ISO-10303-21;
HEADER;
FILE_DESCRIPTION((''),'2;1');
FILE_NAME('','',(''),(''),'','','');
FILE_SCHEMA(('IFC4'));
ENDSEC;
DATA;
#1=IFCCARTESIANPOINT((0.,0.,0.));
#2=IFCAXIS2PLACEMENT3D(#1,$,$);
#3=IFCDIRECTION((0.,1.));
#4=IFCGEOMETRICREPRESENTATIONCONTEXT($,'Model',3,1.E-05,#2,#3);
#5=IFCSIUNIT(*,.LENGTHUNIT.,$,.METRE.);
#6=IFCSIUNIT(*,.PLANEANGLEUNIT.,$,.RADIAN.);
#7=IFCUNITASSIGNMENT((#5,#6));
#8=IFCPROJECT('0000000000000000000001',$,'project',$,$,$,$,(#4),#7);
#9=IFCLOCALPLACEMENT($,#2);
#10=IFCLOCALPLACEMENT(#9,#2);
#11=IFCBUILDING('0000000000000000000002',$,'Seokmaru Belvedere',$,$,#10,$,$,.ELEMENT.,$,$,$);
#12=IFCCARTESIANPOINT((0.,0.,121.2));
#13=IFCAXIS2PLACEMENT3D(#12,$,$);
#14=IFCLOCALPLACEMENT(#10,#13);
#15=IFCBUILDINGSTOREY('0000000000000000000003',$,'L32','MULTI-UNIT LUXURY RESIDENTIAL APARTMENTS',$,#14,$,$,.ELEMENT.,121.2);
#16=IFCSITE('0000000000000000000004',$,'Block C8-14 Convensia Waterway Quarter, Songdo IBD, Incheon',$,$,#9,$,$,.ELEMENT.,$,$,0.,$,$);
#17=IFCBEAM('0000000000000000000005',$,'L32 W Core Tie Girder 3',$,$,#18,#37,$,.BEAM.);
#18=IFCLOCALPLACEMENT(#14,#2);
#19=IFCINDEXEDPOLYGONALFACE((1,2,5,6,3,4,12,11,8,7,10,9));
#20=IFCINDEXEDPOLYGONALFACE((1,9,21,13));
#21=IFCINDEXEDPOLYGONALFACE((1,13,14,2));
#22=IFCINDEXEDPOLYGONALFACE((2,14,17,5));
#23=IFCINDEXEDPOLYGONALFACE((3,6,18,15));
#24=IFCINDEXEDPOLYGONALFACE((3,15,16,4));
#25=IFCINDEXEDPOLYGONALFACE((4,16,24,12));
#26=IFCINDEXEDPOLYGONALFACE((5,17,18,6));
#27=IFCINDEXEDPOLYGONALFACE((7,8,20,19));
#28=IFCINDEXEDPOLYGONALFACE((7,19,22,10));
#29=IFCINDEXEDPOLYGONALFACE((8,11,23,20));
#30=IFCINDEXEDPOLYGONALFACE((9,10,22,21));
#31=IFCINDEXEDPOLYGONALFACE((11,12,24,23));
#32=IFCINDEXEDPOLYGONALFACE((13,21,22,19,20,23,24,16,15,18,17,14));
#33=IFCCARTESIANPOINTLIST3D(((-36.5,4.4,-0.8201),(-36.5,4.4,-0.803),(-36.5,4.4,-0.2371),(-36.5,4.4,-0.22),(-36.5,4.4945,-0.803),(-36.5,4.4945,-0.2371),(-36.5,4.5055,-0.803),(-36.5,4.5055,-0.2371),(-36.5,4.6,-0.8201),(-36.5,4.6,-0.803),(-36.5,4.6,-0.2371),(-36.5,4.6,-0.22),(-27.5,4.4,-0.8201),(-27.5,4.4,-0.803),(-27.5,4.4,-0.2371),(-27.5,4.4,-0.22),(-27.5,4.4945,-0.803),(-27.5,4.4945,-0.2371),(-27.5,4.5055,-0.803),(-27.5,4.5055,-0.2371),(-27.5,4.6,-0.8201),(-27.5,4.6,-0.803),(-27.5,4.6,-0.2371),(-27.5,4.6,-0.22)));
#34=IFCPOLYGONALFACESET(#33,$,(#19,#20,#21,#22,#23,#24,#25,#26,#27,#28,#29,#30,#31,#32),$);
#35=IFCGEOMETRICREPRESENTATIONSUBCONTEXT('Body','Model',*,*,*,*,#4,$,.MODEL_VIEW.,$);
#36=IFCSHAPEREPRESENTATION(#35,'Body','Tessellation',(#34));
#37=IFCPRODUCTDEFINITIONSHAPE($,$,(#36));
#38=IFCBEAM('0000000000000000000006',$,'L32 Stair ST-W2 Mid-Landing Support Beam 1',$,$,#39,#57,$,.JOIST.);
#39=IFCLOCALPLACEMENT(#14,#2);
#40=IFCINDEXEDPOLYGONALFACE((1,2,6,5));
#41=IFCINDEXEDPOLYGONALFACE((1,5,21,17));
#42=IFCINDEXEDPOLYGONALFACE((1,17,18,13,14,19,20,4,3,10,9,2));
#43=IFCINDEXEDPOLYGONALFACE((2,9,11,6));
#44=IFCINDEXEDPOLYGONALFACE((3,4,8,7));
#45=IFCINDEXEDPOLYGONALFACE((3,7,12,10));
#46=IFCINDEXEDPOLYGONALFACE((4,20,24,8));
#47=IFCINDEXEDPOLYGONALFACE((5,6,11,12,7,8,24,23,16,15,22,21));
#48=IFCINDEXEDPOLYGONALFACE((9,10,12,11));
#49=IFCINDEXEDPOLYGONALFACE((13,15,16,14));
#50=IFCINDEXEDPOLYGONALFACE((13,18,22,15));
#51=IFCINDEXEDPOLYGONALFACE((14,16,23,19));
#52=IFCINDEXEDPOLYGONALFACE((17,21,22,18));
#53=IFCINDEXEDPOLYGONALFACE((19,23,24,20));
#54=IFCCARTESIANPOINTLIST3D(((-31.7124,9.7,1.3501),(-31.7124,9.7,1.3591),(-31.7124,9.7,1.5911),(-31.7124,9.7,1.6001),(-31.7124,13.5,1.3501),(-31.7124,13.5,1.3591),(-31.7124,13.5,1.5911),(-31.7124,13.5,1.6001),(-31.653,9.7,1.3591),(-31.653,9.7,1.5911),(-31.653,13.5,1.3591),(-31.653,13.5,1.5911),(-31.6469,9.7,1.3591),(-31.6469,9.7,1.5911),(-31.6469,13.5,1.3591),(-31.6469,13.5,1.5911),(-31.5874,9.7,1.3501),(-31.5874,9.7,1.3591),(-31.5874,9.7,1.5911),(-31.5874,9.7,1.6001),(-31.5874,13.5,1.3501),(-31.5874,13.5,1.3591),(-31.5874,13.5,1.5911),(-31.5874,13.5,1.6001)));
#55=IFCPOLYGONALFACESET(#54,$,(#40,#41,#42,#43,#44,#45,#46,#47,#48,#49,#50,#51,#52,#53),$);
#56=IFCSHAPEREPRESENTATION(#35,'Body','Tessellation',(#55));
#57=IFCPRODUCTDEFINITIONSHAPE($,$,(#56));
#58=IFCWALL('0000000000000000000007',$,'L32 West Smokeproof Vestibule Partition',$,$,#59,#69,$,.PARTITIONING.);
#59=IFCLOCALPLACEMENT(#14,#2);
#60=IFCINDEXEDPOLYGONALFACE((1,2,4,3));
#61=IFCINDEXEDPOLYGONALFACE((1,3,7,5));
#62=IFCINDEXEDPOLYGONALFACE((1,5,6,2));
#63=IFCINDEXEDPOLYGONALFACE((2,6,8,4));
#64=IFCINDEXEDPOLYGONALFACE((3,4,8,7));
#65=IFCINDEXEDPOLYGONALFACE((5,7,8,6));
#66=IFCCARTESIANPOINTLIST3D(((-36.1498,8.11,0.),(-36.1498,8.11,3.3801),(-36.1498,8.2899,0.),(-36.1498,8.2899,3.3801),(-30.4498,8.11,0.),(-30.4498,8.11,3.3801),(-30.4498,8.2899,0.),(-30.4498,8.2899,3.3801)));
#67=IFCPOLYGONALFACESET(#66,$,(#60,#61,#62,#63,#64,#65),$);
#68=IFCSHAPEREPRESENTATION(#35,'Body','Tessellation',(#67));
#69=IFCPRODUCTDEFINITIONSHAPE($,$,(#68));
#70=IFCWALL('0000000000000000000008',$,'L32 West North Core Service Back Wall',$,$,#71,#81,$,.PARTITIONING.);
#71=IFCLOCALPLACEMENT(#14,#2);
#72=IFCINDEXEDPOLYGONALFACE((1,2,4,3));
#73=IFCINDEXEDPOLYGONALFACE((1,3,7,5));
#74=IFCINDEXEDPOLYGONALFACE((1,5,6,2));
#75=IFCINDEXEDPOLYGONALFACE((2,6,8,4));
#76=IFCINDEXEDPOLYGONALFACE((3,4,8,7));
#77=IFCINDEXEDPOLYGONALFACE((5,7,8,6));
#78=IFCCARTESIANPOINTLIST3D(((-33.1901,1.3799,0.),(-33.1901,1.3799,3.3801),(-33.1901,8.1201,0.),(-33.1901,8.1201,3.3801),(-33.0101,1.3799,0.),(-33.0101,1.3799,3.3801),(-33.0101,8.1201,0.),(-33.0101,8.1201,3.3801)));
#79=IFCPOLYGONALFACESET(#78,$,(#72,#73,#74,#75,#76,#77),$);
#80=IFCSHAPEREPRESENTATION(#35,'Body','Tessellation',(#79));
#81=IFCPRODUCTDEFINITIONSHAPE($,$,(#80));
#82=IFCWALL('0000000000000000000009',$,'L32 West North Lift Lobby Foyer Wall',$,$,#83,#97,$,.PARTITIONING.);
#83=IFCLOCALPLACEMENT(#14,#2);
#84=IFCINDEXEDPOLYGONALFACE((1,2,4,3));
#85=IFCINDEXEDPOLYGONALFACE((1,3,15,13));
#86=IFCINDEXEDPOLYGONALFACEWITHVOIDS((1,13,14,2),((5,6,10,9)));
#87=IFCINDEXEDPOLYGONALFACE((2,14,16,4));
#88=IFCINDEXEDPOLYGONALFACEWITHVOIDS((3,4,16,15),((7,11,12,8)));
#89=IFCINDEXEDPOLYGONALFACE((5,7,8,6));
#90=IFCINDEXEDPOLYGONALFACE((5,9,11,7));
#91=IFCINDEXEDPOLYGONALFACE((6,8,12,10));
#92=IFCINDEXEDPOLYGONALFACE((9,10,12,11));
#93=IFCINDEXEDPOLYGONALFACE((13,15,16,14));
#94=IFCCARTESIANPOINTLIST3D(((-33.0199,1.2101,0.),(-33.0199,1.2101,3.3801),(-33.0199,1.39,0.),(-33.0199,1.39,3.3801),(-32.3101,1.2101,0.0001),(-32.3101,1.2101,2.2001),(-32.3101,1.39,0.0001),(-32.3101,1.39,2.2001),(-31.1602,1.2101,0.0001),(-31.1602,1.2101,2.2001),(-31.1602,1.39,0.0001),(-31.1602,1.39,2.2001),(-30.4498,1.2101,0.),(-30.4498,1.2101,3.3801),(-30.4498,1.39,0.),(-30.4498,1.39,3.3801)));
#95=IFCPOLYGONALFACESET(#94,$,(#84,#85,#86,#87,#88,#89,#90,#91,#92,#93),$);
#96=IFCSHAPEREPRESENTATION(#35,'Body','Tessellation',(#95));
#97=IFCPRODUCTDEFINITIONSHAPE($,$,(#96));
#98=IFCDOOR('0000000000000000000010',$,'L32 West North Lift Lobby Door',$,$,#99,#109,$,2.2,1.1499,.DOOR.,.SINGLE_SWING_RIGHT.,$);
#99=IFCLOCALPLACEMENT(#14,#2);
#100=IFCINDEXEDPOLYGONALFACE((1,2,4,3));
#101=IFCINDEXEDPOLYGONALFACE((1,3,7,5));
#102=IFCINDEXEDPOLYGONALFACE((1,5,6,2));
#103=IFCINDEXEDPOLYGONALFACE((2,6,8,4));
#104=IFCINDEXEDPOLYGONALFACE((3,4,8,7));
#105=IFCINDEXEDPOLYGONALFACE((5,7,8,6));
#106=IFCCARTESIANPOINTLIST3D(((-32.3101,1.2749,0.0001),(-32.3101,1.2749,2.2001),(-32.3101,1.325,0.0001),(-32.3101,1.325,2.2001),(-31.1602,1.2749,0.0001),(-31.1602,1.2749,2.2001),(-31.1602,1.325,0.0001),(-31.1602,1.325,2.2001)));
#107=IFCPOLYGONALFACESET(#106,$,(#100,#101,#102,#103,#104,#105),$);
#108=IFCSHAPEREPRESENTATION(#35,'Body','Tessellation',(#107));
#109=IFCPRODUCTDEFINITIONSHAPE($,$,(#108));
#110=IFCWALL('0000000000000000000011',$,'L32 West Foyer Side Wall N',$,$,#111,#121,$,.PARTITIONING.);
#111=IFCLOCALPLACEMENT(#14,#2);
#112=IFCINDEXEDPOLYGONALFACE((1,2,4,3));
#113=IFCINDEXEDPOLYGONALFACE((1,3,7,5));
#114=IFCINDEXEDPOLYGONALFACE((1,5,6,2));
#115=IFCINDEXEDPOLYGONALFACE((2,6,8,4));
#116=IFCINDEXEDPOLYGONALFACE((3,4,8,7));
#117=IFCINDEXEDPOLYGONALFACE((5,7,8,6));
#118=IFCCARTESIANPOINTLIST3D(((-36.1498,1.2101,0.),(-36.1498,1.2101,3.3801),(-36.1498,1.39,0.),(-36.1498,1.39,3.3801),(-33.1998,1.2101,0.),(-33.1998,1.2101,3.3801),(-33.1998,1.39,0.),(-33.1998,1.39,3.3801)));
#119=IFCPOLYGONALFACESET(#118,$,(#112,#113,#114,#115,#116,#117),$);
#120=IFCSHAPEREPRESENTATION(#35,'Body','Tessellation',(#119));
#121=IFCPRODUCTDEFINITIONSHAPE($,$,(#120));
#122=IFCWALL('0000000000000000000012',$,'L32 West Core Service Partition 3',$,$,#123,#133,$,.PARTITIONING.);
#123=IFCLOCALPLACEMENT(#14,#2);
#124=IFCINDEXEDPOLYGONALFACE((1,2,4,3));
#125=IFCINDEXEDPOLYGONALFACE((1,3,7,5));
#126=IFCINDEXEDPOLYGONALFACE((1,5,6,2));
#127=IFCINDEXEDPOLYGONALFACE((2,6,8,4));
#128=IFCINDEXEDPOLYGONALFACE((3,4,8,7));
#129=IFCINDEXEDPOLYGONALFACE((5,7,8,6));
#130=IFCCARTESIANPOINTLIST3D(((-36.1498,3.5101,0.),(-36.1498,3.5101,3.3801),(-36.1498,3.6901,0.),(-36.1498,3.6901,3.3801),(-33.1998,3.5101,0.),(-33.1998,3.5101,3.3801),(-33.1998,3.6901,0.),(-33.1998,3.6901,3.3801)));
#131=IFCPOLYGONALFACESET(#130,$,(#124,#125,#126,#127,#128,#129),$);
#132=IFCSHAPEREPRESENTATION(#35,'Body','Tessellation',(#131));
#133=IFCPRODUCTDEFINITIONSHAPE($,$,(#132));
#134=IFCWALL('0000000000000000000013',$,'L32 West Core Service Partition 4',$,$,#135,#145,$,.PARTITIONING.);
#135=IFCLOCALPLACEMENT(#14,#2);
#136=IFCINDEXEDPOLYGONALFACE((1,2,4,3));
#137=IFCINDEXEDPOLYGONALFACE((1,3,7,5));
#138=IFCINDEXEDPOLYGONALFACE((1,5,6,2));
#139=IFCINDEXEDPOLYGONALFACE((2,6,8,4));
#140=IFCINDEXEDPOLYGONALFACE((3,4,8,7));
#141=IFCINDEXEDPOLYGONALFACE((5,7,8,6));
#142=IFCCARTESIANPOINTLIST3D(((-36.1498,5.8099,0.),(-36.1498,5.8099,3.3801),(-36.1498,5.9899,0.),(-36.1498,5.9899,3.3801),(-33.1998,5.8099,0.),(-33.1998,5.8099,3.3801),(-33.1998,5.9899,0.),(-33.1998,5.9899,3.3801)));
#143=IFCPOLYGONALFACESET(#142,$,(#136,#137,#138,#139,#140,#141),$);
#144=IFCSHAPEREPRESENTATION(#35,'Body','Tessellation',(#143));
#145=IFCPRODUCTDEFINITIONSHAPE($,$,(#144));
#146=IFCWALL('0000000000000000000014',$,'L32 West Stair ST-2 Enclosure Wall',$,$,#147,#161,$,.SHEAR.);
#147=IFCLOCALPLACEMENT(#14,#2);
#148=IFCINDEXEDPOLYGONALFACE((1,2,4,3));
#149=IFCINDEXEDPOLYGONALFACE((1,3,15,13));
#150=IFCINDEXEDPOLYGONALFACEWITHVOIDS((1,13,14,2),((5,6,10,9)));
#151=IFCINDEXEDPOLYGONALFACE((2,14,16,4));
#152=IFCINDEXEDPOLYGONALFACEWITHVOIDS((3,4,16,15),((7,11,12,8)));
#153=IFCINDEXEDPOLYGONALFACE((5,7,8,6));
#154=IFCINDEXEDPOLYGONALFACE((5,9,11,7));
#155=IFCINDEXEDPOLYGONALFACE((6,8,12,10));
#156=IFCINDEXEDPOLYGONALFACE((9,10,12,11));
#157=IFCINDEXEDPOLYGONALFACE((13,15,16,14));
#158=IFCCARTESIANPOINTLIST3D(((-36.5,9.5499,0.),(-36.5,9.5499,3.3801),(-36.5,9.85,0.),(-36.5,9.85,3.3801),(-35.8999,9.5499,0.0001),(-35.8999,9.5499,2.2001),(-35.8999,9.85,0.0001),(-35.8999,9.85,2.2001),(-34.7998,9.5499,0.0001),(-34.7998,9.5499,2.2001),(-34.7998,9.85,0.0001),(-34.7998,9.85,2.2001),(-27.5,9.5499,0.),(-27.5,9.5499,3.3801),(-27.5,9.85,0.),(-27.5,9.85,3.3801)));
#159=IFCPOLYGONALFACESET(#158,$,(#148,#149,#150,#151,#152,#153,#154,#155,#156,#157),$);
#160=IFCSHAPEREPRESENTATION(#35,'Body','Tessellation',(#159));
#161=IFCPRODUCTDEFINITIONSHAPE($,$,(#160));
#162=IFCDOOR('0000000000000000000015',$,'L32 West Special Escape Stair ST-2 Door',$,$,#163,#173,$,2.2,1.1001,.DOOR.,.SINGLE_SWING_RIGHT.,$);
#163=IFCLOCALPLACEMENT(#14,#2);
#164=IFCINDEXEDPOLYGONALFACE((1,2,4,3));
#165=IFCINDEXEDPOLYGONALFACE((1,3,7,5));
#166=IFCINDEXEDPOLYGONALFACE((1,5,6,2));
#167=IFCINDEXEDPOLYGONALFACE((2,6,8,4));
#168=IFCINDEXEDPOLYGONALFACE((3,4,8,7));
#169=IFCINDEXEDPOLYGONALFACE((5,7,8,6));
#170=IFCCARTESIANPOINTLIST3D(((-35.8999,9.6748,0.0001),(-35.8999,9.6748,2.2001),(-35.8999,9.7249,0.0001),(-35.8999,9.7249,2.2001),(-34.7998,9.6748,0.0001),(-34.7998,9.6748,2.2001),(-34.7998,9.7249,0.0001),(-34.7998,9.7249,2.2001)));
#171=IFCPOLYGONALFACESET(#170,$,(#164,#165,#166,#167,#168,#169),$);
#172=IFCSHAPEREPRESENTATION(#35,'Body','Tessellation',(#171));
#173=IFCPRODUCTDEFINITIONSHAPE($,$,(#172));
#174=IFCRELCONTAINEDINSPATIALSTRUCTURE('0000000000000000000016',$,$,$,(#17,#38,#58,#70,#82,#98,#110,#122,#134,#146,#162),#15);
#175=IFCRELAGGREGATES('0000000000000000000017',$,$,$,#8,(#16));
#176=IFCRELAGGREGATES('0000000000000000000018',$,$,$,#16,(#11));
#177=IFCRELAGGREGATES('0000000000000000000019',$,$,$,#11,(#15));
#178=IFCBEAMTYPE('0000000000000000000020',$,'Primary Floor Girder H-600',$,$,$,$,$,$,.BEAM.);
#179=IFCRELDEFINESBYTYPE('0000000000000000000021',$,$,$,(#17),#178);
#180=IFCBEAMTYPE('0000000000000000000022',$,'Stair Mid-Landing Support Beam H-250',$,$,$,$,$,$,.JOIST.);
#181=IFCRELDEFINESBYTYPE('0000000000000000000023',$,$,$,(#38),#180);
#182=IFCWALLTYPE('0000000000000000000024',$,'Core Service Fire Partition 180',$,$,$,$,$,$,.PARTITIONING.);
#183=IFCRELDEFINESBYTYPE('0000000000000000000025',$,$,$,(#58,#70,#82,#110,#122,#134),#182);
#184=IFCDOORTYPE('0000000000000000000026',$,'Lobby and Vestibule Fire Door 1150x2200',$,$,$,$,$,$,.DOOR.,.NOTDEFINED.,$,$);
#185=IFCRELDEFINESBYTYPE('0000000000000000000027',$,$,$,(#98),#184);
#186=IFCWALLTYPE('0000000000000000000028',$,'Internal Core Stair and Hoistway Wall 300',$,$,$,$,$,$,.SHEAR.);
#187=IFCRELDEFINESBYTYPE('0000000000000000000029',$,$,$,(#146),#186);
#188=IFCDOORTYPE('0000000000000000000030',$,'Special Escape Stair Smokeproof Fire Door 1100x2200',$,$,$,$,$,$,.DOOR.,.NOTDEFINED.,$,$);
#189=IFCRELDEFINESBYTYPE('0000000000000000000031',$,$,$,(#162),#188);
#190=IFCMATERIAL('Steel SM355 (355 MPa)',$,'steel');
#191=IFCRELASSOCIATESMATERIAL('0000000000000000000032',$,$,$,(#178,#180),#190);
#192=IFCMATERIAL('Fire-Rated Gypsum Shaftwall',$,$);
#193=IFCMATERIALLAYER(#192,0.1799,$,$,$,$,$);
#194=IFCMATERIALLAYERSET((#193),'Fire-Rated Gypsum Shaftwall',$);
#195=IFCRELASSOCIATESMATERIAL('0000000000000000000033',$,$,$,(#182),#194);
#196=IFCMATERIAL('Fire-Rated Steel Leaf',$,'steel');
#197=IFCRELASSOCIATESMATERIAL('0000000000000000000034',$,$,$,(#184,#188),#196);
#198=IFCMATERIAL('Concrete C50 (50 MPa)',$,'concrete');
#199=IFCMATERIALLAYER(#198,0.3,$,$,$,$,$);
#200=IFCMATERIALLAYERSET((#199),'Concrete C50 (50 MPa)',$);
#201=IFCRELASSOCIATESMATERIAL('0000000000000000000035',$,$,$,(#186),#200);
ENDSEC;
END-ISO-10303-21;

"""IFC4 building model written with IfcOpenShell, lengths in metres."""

from ifc_helpers import new_model, si_unit, direction, frame, frame_2d, origin, origin_2d, place, context, subcontext, project, spatial, rectangle, i_section, extrude, source, transform, mapped, material, layer, layer_set, material_profile, profile_set, type_object, type_shapes, element, fill, save


model = new_model("IFC4")

# Units and contexts
model_context = context("Model", 3, precision=1e-05, world=origin(), true_north=direction((0.0, 1.0)))
body_context = subcontext(model_context, "Body", "Model", "MODEL_VIEW")
ifc_project = project(units=[si_unit("LENGTHUNIT", "METRE"), si_unit("PLANEANGLEUNIT", "RADIAN")], contexts=[model_context])

# Site, building, storey
site_placement = place(None, origin())
site = spatial("IfcSite", under=ifc_project, at=site_placement, Name="Block C8-14 Convensia Waterway Quarter, Songdo IBD, Incheon", CompositionType="ELEMENT", RefElevation=0.0)
building_placement = place(site_placement, origin())
building = spatial("IfcBuilding", under=site, at=building_placement, Name="Seokmaru Belvedere", CompositionType="ELEMENT")
storey_placement = place(building_placement, frame((0.0, 0.0, 121.2)))
storey = spatial("IfcBuildingStorey", under=building, at=storey_placement, Name="L32", Description="MULTI-UNIT LUXURY RESIDENTIAL APARTMENTS", CompositionType="ELEMENT", Elevation=121.2)

# Beams
ifc_material_1 = material(Name="Steel SM355 (355 MPa)", Category="steel")
ifc_material_profile_1 = material_profile(ifc_material_1, i_section(OverallWidth=0.2, OverallDepth=0.6001, WebThickness=0.011, FlangeThickness=0.0171, at=origin_2d()), Name="H-600x200x11x17")
ifc_profile_set_1 = profile_set([ifc_material_profile_1], Name="Steel SM355 (355 MPa)")
beam_type_1 = type_object("IfcBeamType", Name="Primary Floor Girder H-600", PredefinedType="BEAM", material=ifc_profile_set_1)
shared_shape_1 = source(origin(), body_context, "Body", "SweptSolid", [
    extrude(i_section(OverallWidth=0.2, OverallDepth=0.6001, WebThickness=0.011, FlangeThickness=0.0171, at=origin_2d()), origin(), (0.0, 0.0, 1.0), 9.0),
])
type_shapes(beam_type_1, [shared_shape_1])
beam_1_placement = place(storey_placement, frame((-36.5, 4.5, -0.52), z_axis=(1.0, 0.0, 0.0), x_axis=(0.0, 1.0, 0.0)))
element("IfcBeam", 1, at=beam_1_placement, inside=storey, type_object=beam_type_1, Name="L32 W Core Tie Girder 3", PredefinedType="BEAM", context=body_context, shape_type="MappedRepresentation", body=[
    mapped(shared_shape_1, transform((0.0, 0.0, 0.0), scale=1.0)),
])
ifc_material_profile_2 = material_profile(ifc_material_1, i_section(OverallWidth=0.125, OverallDepth=0.25, WebThickness=0.0061, FlangeThickness=0.009, at=origin_2d()), Name="H-250x125x6x9")
ifc_profile_set_2 = profile_set([ifc_material_profile_2], Name="Steel SM355 (355 MPa)")
beam_type_2 = type_object("IfcBeamType", Name="Stair Mid-Landing Support Beam H-250", PredefinedType="JOIST", material=ifc_profile_set_2)
shared_shape_2 = source(origin(), body_context, "Body", "SweptSolid", [
    extrude(i_section(OverallWidth=0.125, OverallDepth=0.25, WebThickness=0.0061, FlangeThickness=0.009, at=origin_2d()), origin(), (0.0, 0.0, 1.0), 3.8),
])
type_shapes(beam_type_2, [shared_shape_2])
beam_2_placement = place(storey_placement, frame((-31.6499, 9.7, 1.4751), z_axis=(0.0, 1.0, 0.0), x_axis=(-1.0, 0.0, 0.0)))
element("IfcBeam", 2, at=beam_2_placement, inside=storey, type_object=beam_type_2, Name="L32 Stair ST-W2 Mid-Landing Support Beam 1", PredefinedType="JOIST", context=body_context, shape_type="MappedRepresentation", body=[
    mapped(shared_shape_2, transform((0.0, 0.0, 0.0), scale=1.0)),
])

# Walls
ifc_material_2 = material(Name="Fire-Rated Gypsum Shaftwall")
ifc_layer_1 = layer(ifc_material_2, 0.1799)
ifc_layer_set_1 = layer_set([ifc_layer_1], Name="Fire-Rated Gypsum Shaftwall")
wall_type_1 = type_object("IfcWallType", Name="Core Service Fire Partition 180", PredefinedType="PARTITIONING", material=ifc_layer_set_1)
wall_1_placement = place(storey_placement, frame((-36.1499, 8.2, 0.0), z_axis=(0.0, 0.0, 1.0), x_axis=(1.0, 0.0, 0.0)))
element("IfcWall", 3, at=wall_1_placement, inside=storey, type_object=wall_type_1, Name="L32 West Smokeproof Vestibule Partition", PredefinedType="PARTITIONING", context=body_context, shape_type="SweptSolid", body=[
    extrude(rectangle(XDim=5.7, YDim=0.1799, at=frame_2d((2.8501, 0.0))), origin(), (0.0, 0.0, 1.0), 3.3801),
])
wall_2_placement = place(storey_placement, frame((-33.1001, 1.3799, 0.0), z_axis=(0.0, 0.0, 1.0), x_axis=(0.0, 1.0, 0.0)))
element("IfcWall", 4, at=wall_2_placement, inside=storey, type_object=wall_type_1, Name="L32 West North Core Service Back Wall", PredefinedType="PARTITIONING", context=body_context, shape_type="SweptSolid", body=[
    extrude(rectangle(XDim=6.7402, YDim=0.1799, at=frame_2d((3.3701, 0.0))), origin(), (0.0, 0.0, 1.0), 3.3801),
])

# Wall, opening, door
wall_3_placement = place(storey_placement, frame((-33.02, 1.3, 0.0), z_axis=(0.0, 0.0, 1.0), x_axis=(1.0, 0.0, 0.0)))
wall_3 = element("IfcWall", 5, at=wall_3_placement, inside=storey, type_object=wall_type_1, Name="L32 West North Lift Lobby Foyer Wall", PredefinedType="PARTITIONING", context=body_context, shape_type="SweptSolid", body=[
    extrude(rectangle(XDim=2.5701, YDim=0.1799, at=frame_2d((1.2852, 0.0))), origin(), (0.0, 0.0, 1.0), 3.3801),
])
opening_1_placement = place(wall_3_placement, frame((0.71, 0.0, 0.0)))
opening_1 = element("IfcOpeningElement", 6, at=opening_1_placement, cuts=wall_3, PredefinedType="OPENING", context=body_context, shape_type="SweptSolid", body=[
    extrude(rectangle(XDim=1.1499, YDim=2.2, at=frame_2d((0.575, 1.1001))), frame((0.0, 0.1001, 0.0), z_axis=(0.0, -1.0, 0.0), x_axis=(1.0, 0.0, 0.0)), (0.0, 0.0, 1.0), 0.2),
])
ifc_material_3 = material(Name="Fire-Rated Steel Leaf", Category="steel")
door_type_1 = type_object("IfcDoorType", Name="Lobby and Vestibule Fire Door 1150x2200", OperationType="NOTDEFINED", PredefinedType="DOOR", material=ifc_material_3)
shared_shape_3 = source(origin(), body_context, "Body", "SweptSolid", [
    extrude(rectangle(XDim=1.1499, YDim=2.2, at=frame_2d((0.575, 1.1001))), frame((0.0, 0.0249, 0.0), z_axis=(0.0, -1.0, 0.0), x_axis=(1.0, 0.0, 0.0)), (0.0, 0.0, 1.0), 0.05),
])
type_shapes(door_type_1, [shared_shape_3])
door_1_placement = place(opening_1_placement, origin())
door_1 = element("IfcDoor", 7, at=door_1_placement, inside=storey, type_object=door_type_1, Name="L32 West North Lift Lobby Door", OperationType="SINGLE_SWING_RIGHT", OverallHeight=2.2, OverallWidth=1.1499, PredefinedType="DOOR", context=body_context, shape_type="MappedRepresentation", body=[
    mapped(shared_shape_3, transform((0.0, 0.0, 0.0), scale=1.0)),
])
fill(opening_1, door_1)

# Walls
for number, where, z_axis, x_axis, name in (
    (8, (-36.1499, 1.3, 0.0), (0.0, 0.0, 1.0), (1.0, 0.0, 0.0), "L32 West Foyer Side Wall N"),
    (9, (-36.1499, 3.6001, 0.0), (0.0, 0.0, 1.0), (1.0, 0.0, 0.0), "L32 West Core Service Partition 3"),
    (10, (-36.1499, 5.8999, 0.0), (0.0, 0.0, 1.0), (1.0, 0.0, 0.0), "L32 West Core Service Partition 4"),
):
    element("IfcWall", number, at=place(storey_placement, frame(where, z_axis=z_axis, x_axis=x_axis)), inside=storey, type_object=wall_type_1, Name=name, PredefinedType="PARTITIONING", context=body_context, shape_type="SweptSolid", body=[
        extrude(rectangle(XDim=2.95, YDim=0.1799, at=frame_2d((1.4751, 0.0))), origin(), (0.0, 0.0, 1.0), 3.3801),
    ])

# Wall, opening, door
ifc_material_4 = material(Name="Concrete C50 (50 MPa)", Category="concrete")
ifc_layer_2 = layer(ifc_material_4, 0.3)
ifc_layer_set_2 = layer_set([ifc_layer_2], Name="Concrete C50 (50 MPa)")
wall_type_2 = type_object("IfcWallType", Name="Internal Core Stair and Hoistway Wall 300", PredefinedType="SHEAR", material=ifc_layer_set_2)
wall_4_placement = place(storey_placement, frame((-36.5, 9.7, 0.0), z_axis=(0.0, 0.0, 1.0), x_axis=(1.0, 0.0, 0.0)))
wall_4 = element("IfcWall", 11, at=wall_4_placement, inside=storey, type_object=wall_type_2, Name="L32 West Stair ST-2 Enclosure Wall", PredefinedType="SHEAR", context=body_context, shape_type="SweptSolid", body=[
    extrude(rectangle(XDim=9.0, YDim=0.3, at=frame_2d((4.5, 0.0))), origin(), (0.0, 0.0, 1.0), 3.3801),
])
opening_2_placement = place(wall_4_placement, frame((0.6001, 0.0, 0.0)))
opening_2 = element("IfcOpeningElement", 12, at=opening_2_placement, cuts=wall_4, PredefinedType="OPENING", context=body_context, shape_type="SweptSolid", body=[
    extrude(rectangle(XDim=1.1001, YDim=2.2, at=frame_2d((0.55, 1.1001))), frame((0.0, 0.1602, 0.0), z_axis=(0.0, -1.0, 0.0), x_axis=(1.0, 0.0, 0.0)), (0.0, 0.0, 1.0), 0.3201),
])
door_type_2 = type_object("IfcDoorType", Name="Special Escape Stair Smokeproof Fire Door 1100x2200", OperationType="NOTDEFINED", PredefinedType="DOOR", material=ifc_material_3)
shared_shape_4 = source(origin(), body_context, "Body", "SweptSolid", [
    extrude(rectangle(XDim=1.1001, YDim=2.2, at=frame_2d((0.55, 1.1001))), frame((0.0, 0.0249, 0.0), z_axis=(0.0, -1.0, 0.0), x_axis=(1.0, 0.0, 0.0)), (0.0, 0.0, 1.0), 0.05),
])
type_shapes(door_type_2, [shared_shape_4])
door_2_placement = place(opening_2_placement, origin())
door_2 = element("IfcDoor", 13, at=door_2_placement, inside=storey, type_object=door_type_2, Name="L32 West Special Escape Stair ST-2 Door", OperationType="SINGLE_SWING_RIGHT", OverallHeight=2.2, OverallWidth=1.1001, PredefinedType="DOOR", context=body_context, shape_type="MappedRepresentation", body=[
    mapped(shared_shape_4, transform((0.0, 0.0, 0.0), scale=1.0)),
])
fill(opening_2, door_2)

save(model, "model.ifc")
